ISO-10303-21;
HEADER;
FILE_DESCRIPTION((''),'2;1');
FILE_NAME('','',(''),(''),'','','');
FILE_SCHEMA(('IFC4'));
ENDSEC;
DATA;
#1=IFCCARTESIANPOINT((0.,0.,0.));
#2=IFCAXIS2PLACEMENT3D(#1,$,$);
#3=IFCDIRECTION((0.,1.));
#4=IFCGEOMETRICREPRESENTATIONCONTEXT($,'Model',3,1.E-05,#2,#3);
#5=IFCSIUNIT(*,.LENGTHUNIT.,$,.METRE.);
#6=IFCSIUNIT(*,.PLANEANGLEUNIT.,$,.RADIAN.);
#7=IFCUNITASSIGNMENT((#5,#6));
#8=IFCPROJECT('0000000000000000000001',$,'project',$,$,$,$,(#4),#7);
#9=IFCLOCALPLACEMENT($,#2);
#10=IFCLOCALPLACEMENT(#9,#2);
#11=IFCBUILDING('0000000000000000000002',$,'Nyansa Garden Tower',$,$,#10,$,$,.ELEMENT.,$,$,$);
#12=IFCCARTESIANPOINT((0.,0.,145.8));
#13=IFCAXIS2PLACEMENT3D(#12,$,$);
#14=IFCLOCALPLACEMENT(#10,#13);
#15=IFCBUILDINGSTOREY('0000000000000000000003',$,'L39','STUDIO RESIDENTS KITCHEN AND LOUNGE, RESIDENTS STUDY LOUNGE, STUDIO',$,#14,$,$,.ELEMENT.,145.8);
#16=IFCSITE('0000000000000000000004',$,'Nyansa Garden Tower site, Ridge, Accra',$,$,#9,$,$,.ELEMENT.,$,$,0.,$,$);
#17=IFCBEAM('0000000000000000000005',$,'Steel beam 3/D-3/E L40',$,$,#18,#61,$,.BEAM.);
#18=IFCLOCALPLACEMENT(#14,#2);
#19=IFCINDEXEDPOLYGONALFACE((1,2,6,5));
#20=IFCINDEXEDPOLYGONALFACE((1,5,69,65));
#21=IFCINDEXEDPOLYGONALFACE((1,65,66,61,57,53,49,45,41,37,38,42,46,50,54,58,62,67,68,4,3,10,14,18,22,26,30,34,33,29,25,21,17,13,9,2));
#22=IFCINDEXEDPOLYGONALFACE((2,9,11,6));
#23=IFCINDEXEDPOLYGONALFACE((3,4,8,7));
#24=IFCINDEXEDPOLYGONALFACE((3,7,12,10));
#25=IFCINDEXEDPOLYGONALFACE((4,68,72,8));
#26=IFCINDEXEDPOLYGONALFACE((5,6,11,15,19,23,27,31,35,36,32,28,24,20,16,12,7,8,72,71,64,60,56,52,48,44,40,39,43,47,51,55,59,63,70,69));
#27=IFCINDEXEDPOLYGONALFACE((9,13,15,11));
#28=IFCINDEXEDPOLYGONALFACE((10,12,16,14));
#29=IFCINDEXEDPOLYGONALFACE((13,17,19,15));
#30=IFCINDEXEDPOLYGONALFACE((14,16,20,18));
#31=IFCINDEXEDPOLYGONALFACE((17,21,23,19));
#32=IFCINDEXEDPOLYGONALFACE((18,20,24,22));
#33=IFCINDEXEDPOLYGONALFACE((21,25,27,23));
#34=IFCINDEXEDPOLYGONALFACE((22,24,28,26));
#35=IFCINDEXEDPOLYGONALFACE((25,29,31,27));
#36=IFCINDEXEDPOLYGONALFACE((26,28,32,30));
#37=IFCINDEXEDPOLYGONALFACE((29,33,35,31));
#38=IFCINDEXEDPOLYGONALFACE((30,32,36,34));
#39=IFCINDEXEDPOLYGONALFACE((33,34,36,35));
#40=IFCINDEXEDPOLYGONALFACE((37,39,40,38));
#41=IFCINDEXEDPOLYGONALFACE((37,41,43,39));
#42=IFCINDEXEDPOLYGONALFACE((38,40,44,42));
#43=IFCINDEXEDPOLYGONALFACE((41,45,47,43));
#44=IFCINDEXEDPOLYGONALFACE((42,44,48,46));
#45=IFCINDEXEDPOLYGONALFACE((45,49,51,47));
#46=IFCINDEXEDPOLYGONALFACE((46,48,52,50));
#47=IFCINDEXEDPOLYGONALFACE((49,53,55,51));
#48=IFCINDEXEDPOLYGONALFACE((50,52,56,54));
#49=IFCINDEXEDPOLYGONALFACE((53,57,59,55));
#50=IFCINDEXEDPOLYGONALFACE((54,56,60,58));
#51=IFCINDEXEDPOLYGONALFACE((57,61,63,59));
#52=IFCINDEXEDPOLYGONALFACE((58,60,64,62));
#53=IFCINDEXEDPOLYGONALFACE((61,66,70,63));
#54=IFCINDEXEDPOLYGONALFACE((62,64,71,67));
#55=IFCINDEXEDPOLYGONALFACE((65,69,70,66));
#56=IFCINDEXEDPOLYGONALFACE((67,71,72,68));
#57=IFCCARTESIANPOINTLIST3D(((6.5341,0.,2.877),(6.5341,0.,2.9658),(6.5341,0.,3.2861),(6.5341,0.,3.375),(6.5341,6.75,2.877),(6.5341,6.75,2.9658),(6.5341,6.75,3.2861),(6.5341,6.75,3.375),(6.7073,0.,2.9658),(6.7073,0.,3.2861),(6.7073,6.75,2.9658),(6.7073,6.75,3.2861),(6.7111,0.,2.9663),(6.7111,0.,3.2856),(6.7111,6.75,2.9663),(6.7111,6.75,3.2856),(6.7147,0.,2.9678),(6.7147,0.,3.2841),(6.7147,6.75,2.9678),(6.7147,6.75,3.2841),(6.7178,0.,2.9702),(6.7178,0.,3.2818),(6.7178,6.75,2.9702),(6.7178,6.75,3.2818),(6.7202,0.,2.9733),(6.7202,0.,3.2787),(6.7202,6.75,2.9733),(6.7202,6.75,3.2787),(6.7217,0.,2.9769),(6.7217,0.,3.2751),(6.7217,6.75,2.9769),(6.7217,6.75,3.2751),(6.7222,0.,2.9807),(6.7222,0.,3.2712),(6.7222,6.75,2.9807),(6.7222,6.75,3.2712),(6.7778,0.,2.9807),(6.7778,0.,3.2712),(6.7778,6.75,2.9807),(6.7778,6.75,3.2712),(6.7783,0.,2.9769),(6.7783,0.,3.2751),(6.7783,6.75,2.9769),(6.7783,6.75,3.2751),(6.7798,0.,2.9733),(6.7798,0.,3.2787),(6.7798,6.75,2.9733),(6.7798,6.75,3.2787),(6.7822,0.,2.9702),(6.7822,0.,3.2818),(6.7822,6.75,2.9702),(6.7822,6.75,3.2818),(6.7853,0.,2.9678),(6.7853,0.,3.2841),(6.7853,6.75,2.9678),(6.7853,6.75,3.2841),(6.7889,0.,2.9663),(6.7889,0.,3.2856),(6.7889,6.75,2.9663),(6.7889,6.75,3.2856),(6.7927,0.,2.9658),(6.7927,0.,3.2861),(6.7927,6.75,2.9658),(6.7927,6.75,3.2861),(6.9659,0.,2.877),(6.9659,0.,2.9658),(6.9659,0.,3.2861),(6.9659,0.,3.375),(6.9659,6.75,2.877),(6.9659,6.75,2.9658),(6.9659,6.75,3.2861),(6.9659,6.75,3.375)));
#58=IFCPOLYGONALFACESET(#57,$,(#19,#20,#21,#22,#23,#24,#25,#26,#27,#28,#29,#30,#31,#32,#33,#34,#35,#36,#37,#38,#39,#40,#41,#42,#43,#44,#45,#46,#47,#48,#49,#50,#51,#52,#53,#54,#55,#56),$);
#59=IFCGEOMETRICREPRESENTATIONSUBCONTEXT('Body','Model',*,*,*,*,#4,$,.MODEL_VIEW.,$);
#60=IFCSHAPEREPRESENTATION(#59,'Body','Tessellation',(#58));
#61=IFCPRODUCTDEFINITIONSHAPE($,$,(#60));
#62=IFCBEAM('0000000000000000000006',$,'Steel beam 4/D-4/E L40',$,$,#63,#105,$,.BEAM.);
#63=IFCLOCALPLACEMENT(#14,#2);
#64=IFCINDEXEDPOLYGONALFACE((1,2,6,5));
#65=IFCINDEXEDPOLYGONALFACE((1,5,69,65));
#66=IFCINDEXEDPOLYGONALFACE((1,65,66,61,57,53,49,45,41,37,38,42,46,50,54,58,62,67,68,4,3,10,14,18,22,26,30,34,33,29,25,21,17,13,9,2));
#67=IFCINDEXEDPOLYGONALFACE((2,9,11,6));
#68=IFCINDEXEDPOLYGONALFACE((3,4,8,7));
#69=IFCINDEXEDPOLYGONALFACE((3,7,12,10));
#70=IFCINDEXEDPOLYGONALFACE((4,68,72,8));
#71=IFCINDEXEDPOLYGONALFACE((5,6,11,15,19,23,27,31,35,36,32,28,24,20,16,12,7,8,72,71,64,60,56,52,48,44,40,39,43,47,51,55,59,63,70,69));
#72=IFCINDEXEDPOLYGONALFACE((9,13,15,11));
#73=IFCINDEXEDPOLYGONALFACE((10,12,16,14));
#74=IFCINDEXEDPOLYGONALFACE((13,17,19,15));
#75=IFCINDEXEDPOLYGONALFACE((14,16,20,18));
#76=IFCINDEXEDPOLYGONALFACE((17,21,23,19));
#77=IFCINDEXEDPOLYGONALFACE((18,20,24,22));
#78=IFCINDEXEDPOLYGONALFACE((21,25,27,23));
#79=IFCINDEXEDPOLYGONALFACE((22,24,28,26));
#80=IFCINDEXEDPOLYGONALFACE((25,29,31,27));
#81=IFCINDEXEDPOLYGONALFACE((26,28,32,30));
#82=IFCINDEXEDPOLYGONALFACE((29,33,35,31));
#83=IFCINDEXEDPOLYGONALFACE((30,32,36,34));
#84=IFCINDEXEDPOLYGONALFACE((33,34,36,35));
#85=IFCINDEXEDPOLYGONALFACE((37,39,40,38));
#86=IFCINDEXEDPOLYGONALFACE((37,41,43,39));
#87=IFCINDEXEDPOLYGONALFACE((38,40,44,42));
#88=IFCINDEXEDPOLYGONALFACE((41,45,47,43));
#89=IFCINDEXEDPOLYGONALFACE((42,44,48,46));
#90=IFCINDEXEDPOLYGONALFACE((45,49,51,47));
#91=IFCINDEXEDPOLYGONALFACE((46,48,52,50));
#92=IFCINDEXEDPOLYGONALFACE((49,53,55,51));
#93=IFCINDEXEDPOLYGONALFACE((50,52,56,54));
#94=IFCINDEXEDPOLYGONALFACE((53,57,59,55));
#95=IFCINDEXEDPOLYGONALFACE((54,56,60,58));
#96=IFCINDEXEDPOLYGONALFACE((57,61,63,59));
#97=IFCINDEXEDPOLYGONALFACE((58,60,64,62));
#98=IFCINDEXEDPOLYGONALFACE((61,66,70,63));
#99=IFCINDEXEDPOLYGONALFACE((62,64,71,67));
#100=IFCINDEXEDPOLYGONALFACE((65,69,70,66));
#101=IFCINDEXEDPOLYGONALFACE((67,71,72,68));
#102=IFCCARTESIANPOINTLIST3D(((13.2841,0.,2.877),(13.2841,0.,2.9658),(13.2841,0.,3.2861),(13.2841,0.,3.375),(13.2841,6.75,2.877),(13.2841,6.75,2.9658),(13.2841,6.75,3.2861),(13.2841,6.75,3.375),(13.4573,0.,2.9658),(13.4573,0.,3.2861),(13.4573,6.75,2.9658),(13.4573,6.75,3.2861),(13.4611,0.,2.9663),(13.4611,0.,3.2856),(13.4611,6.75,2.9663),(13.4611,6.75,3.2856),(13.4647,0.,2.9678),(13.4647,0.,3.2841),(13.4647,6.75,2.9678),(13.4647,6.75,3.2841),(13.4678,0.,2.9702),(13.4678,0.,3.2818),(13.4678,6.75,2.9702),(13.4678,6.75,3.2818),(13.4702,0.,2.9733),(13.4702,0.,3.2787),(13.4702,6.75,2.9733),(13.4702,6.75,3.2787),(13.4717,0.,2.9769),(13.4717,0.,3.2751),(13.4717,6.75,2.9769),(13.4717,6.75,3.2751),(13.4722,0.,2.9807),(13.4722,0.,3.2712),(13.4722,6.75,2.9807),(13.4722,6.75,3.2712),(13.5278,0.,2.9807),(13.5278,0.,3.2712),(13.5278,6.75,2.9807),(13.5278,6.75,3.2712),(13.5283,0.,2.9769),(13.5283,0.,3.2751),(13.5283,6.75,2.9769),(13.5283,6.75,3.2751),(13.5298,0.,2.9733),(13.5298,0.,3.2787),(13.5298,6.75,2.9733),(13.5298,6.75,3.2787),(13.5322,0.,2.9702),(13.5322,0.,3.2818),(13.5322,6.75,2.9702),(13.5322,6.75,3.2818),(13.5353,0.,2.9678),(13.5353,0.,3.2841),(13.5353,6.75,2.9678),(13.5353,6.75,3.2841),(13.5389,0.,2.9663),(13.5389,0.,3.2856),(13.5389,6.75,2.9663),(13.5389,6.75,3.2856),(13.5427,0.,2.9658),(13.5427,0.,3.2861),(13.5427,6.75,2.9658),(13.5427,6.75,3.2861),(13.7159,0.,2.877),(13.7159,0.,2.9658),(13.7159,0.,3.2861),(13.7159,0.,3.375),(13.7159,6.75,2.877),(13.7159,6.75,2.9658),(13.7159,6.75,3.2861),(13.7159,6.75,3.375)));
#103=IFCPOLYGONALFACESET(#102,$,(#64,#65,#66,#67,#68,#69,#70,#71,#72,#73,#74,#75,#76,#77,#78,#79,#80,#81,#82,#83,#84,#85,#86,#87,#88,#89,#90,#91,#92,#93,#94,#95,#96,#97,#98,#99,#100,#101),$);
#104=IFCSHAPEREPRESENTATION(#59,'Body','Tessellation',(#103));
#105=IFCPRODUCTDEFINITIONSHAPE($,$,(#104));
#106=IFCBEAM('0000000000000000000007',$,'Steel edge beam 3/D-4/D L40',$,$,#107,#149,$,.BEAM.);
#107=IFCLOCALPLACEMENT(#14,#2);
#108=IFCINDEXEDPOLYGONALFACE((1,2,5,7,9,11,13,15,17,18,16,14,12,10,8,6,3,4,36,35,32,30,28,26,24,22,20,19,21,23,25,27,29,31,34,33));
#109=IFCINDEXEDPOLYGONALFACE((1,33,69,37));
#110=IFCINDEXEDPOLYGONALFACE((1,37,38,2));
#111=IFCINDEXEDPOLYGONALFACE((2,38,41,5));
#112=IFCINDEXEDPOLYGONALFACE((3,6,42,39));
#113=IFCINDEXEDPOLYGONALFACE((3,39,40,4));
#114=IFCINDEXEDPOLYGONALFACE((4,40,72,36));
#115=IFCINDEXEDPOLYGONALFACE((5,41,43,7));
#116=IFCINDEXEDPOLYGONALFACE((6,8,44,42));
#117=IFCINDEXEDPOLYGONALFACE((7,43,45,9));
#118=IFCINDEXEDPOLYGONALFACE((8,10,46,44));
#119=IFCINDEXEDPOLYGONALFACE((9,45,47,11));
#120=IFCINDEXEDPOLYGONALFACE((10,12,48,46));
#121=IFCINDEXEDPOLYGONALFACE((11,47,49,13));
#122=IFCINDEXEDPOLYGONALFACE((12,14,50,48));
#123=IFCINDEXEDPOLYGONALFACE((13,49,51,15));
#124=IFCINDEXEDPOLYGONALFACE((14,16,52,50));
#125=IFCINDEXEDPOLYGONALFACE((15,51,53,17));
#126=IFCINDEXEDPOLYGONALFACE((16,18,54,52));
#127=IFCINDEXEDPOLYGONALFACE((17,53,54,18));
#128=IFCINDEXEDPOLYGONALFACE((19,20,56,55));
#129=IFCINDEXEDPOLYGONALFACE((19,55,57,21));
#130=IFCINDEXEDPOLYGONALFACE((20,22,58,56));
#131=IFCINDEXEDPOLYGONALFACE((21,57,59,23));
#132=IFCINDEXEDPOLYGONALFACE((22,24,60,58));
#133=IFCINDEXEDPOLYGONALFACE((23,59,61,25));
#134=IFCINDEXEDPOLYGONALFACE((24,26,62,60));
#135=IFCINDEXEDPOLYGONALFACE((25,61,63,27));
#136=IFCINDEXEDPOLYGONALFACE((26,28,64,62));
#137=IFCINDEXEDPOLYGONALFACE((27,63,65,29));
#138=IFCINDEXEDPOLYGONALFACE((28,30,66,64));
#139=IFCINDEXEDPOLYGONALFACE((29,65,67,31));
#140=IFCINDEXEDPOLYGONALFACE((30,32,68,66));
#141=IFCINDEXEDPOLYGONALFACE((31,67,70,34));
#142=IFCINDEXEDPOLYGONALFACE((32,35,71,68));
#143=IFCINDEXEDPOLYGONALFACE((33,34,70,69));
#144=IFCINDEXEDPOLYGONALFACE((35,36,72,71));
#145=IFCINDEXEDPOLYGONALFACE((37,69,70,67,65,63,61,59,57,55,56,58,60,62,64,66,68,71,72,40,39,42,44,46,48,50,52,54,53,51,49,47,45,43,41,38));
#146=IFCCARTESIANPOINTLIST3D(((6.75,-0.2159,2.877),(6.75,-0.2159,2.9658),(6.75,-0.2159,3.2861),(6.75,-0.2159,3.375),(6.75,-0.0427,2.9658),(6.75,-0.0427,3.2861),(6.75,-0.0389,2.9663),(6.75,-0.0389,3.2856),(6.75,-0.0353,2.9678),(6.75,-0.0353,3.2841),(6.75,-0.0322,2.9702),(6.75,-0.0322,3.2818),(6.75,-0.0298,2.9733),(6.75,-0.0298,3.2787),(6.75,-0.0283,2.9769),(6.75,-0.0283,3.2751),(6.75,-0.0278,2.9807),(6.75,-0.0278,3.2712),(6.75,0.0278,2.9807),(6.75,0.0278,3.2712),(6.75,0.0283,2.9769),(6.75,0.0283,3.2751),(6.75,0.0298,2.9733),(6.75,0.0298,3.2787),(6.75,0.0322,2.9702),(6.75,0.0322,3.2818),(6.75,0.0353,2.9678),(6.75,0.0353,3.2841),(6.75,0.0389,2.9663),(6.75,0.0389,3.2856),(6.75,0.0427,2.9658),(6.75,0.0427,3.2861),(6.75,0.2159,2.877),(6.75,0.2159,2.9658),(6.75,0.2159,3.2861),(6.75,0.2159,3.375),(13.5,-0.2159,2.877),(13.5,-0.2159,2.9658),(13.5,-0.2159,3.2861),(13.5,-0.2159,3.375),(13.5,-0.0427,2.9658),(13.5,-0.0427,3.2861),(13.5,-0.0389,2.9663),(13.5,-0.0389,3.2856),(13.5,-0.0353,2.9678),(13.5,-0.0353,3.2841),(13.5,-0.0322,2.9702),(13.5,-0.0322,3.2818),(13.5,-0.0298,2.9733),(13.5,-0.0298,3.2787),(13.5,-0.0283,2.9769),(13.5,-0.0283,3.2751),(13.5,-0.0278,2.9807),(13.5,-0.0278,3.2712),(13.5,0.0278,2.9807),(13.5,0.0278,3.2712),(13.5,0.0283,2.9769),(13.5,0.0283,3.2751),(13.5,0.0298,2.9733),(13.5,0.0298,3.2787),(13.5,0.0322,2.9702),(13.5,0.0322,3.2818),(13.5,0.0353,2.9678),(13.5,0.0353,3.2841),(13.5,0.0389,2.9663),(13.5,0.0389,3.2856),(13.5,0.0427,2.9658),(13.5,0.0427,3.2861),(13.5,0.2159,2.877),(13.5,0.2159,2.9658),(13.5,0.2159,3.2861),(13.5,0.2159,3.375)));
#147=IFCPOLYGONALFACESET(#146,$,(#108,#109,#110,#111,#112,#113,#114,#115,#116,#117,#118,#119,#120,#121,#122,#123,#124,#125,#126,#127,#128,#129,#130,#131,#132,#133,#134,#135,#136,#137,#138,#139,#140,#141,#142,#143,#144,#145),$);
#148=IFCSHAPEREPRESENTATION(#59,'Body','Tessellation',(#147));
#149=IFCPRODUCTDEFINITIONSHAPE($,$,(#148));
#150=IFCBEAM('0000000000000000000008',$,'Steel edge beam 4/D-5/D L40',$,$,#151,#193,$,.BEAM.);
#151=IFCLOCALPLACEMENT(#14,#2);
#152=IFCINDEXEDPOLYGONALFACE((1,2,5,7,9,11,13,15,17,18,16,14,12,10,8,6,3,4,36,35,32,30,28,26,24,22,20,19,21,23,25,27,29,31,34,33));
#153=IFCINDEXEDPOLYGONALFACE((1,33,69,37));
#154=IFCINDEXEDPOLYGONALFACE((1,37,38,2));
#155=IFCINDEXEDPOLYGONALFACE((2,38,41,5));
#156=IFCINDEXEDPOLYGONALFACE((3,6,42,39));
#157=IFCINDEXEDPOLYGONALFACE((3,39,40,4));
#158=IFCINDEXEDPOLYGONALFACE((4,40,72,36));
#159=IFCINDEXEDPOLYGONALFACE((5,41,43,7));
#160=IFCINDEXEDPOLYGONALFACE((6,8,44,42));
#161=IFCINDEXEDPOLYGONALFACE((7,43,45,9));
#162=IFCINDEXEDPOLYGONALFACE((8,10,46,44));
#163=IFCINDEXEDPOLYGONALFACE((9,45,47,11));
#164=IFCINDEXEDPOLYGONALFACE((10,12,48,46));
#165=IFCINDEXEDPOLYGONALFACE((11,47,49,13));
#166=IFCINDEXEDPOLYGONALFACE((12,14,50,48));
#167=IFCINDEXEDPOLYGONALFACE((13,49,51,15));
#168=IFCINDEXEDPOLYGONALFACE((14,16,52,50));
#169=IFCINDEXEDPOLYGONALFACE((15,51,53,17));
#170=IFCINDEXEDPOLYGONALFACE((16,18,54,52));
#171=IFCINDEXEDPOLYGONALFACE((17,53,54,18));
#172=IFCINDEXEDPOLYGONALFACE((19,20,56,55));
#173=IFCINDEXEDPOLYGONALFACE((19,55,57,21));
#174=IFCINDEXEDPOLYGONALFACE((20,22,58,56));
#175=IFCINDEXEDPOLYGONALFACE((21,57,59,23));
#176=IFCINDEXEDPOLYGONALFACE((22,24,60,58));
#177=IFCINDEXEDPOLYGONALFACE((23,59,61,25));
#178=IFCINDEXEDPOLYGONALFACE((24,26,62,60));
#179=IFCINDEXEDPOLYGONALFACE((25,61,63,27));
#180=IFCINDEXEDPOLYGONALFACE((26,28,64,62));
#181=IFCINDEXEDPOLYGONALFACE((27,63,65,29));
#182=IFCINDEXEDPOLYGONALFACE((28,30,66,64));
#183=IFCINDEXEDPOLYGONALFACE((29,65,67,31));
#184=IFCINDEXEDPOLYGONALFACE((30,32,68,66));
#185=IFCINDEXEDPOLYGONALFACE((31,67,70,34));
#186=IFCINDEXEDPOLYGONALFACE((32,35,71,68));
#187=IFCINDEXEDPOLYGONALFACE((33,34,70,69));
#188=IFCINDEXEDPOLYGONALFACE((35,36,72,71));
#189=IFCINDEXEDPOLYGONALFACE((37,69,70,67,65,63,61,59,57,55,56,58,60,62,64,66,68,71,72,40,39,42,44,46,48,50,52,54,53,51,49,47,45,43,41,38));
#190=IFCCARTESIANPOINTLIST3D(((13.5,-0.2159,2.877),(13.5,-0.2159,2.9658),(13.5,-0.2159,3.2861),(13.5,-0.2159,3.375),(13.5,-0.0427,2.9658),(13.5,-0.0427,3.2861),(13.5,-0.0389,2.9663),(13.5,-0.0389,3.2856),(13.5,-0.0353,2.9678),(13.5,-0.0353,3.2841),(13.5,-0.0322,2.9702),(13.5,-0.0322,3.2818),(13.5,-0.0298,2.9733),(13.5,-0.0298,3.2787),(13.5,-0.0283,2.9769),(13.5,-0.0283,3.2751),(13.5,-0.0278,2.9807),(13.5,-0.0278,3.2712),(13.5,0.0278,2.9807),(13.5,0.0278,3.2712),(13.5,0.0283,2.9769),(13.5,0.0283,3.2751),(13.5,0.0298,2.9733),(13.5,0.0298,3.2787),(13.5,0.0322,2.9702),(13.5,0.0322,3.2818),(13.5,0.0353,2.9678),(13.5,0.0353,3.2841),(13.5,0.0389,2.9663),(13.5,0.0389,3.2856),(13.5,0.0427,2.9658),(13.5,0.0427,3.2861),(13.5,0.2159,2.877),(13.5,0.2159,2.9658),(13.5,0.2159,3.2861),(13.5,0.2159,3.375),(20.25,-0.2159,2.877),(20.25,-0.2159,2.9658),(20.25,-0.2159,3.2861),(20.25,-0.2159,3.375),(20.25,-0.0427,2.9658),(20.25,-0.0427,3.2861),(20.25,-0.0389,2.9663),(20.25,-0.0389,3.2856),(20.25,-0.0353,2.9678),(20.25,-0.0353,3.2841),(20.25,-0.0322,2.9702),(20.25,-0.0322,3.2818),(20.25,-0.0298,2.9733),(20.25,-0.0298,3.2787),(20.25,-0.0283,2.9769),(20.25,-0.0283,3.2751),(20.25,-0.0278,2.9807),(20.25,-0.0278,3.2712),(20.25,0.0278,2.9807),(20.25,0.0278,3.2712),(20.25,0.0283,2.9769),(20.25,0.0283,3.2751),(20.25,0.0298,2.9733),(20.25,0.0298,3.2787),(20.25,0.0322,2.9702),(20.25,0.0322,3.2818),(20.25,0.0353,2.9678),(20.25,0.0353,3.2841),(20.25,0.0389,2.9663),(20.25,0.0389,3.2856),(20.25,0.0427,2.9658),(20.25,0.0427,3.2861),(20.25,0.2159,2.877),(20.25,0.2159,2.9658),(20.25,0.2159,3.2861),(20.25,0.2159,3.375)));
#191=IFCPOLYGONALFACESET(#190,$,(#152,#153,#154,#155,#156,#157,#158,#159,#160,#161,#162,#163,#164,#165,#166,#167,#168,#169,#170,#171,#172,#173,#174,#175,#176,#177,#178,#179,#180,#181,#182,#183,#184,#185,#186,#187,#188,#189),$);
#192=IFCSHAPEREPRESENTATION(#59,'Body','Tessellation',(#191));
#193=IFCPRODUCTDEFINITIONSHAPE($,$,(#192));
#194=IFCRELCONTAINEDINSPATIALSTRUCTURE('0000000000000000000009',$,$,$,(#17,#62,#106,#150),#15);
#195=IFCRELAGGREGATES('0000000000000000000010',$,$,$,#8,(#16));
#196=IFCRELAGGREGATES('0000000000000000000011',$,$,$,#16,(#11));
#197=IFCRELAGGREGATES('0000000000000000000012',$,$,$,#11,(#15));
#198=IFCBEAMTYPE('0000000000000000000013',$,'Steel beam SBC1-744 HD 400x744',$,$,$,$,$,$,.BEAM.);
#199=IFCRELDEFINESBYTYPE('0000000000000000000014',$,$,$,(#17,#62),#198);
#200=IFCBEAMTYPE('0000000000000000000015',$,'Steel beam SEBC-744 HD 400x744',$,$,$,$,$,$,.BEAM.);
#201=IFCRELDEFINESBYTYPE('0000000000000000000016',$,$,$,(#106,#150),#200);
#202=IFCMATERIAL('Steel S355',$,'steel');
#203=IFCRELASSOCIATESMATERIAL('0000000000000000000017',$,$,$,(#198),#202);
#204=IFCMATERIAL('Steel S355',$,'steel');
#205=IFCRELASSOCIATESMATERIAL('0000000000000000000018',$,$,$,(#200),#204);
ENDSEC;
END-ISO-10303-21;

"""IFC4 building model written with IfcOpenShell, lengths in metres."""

from ifc_helpers import new_model, si_unit, direction, frame, origin, origin_2d, place, context, subcontext, project, spatial, i_section, extrude, material, material_profile, profile_set, type_object, element, save


model = new_model("IFC4")

# Units and contexts
model_context = context("Model", 3, precision=1e-05, world=origin(), true_north=direction((0.0, 1.0)))
body_context = subcontext(model_context, "Body", "Model", "MODEL_VIEW")
ifc_project = project(units=[si_unit("LENGTHUNIT", "METRE"), si_unit("PLANEANGLEUNIT", "RADIAN")], contexts=[model_context])

# Site, building, storey
site_placement = place(None, origin())
site = spatial("IfcSite", under=ifc_project, at=site_placement, Name="Nyansa Garden Tower site, Ridge, Accra", CompositionType="ELEMENT", RefElevation=0.0)
building_placement = place(site_placement, origin())
building = spatial("IfcBuilding", under=site, at=building_placement, Name="Nyansa Garden Tower", CompositionType="ELEMENT")
storey_placement = place(building_placement, frame((0.0, 0.0, 145.8)))
storey = spatial("IfcBuildingStorey", under=building, at=storey_placement, Name="L39", Description="STUDIO RESIDENTS KITCHEN AND LOUNGE, RESIDENTS STUDY LOUNGE, STUDIO", CompositionType="ELEMENT", Elevation=145.8)

# Beams
ifc_material_1 = material(Name="Steel S355", Category="steel")
ifc_material_profile_1 = material_profile(ifc_material_1, i_section(OverallWidth=0.4319, OverallDepth=0.498, WebThickness=0.0557, FlangeThickness=0.0889, FilletRadius=0.0149, at=origin_2d()), Name="HD 400x744")
ifc_profile_set_1 = profile_set([ifc_material_profile_1], Name="Steel S355")
beam_type_1 = type_object("IfcBeamType", Name="Steel beam SBC1-744 HD 400x744", PredefinedType="BEAM", material=ifc_profile_set_1)
for number, where, z_axis, x_axis, name in (
    (1, (6.75, 0.0, 3.126), (0.0, 1.0, 0.0), (-1.0, 0.0, 0.0), "Steel beam 3/D-3/E L40"),
    (2, (13.5, 0.0, 3.126), (0.0, 1.0, 0.0), (-1.0, 0.0, 0.0), "Steel beam 4/D-4/E L40"),
):
    element("IfcBeam", number, at=place(storey_placement, frame(where, z_axis=z_axis, x_axis=x_axis)), inside=storey, type_object=beam_type_1, Name=name, PredefinedType="BEAM", context=body_context, shape_type="SweptSolid", body=[
        extrude(i_section(OverallWidth=0.4319, OverallDepth=0.498, WebThickness=0.0557, FlangeThickness=0.0889, FilletRadius=0.0149, at=origin_2d()), origin(), (0.0, 0.0, 1.0), 6.75),
    ])
ifc_material_2 = material(Name="Steel S355", Category="steel")
ifc_material_profile_2 = material_profile(ifc_material_2, i_section(OverallWidth=0.4319, OverallDepth=0.498, WebThickness=0.0557, FlangeThickness=0.0889, FilletRadius=0.0149, at=origin_2d()), Name="HD 400x744")
ifc_profile_set_2 = profile_set([ifc_material_profile_2], Name="Steel S355")
beam_type_2 = type_object("IfcBeamType", Name="Steel beam SEBC-744 HD 400x744", PredefinedType="BEAM", material=ifc_profile_set_2)
for number, where, z_axis, x_axis, name in (
    (3, (6.75, 0.0, 3.126), (1.0, 0.0, 0.0), (0.0, 1.0, 0.0), "Steel edge beam 3/D-4/D L40"),
    (4, (13.5, 0.0, 3.126), (1.0, 0.0, 0.0), (0.0, 1.0, 0.0), "Steel edge beam 4/D-5/D L40"),
):
    element("IfcBeam", number, at=place(storey_placement, frame(where, z_axis=z_axis, x_axis=x_axis)), inside=storey, type_object=beam_type_2, Name=name, PredefinedType="BEAM", context=body_context, shape_type="SweptSolid", body=[
        extrude(i_section(OverallWidth=0.4319, OverallDepth=0.498, WebThickness=0.0557, FlangeThickness=0.0889, FilletRadius=0.0149, at=origin_2d()), origin(), (0.0, 0.0, 1.0), 6.75),
    ])

save(model, "model.ifc")
